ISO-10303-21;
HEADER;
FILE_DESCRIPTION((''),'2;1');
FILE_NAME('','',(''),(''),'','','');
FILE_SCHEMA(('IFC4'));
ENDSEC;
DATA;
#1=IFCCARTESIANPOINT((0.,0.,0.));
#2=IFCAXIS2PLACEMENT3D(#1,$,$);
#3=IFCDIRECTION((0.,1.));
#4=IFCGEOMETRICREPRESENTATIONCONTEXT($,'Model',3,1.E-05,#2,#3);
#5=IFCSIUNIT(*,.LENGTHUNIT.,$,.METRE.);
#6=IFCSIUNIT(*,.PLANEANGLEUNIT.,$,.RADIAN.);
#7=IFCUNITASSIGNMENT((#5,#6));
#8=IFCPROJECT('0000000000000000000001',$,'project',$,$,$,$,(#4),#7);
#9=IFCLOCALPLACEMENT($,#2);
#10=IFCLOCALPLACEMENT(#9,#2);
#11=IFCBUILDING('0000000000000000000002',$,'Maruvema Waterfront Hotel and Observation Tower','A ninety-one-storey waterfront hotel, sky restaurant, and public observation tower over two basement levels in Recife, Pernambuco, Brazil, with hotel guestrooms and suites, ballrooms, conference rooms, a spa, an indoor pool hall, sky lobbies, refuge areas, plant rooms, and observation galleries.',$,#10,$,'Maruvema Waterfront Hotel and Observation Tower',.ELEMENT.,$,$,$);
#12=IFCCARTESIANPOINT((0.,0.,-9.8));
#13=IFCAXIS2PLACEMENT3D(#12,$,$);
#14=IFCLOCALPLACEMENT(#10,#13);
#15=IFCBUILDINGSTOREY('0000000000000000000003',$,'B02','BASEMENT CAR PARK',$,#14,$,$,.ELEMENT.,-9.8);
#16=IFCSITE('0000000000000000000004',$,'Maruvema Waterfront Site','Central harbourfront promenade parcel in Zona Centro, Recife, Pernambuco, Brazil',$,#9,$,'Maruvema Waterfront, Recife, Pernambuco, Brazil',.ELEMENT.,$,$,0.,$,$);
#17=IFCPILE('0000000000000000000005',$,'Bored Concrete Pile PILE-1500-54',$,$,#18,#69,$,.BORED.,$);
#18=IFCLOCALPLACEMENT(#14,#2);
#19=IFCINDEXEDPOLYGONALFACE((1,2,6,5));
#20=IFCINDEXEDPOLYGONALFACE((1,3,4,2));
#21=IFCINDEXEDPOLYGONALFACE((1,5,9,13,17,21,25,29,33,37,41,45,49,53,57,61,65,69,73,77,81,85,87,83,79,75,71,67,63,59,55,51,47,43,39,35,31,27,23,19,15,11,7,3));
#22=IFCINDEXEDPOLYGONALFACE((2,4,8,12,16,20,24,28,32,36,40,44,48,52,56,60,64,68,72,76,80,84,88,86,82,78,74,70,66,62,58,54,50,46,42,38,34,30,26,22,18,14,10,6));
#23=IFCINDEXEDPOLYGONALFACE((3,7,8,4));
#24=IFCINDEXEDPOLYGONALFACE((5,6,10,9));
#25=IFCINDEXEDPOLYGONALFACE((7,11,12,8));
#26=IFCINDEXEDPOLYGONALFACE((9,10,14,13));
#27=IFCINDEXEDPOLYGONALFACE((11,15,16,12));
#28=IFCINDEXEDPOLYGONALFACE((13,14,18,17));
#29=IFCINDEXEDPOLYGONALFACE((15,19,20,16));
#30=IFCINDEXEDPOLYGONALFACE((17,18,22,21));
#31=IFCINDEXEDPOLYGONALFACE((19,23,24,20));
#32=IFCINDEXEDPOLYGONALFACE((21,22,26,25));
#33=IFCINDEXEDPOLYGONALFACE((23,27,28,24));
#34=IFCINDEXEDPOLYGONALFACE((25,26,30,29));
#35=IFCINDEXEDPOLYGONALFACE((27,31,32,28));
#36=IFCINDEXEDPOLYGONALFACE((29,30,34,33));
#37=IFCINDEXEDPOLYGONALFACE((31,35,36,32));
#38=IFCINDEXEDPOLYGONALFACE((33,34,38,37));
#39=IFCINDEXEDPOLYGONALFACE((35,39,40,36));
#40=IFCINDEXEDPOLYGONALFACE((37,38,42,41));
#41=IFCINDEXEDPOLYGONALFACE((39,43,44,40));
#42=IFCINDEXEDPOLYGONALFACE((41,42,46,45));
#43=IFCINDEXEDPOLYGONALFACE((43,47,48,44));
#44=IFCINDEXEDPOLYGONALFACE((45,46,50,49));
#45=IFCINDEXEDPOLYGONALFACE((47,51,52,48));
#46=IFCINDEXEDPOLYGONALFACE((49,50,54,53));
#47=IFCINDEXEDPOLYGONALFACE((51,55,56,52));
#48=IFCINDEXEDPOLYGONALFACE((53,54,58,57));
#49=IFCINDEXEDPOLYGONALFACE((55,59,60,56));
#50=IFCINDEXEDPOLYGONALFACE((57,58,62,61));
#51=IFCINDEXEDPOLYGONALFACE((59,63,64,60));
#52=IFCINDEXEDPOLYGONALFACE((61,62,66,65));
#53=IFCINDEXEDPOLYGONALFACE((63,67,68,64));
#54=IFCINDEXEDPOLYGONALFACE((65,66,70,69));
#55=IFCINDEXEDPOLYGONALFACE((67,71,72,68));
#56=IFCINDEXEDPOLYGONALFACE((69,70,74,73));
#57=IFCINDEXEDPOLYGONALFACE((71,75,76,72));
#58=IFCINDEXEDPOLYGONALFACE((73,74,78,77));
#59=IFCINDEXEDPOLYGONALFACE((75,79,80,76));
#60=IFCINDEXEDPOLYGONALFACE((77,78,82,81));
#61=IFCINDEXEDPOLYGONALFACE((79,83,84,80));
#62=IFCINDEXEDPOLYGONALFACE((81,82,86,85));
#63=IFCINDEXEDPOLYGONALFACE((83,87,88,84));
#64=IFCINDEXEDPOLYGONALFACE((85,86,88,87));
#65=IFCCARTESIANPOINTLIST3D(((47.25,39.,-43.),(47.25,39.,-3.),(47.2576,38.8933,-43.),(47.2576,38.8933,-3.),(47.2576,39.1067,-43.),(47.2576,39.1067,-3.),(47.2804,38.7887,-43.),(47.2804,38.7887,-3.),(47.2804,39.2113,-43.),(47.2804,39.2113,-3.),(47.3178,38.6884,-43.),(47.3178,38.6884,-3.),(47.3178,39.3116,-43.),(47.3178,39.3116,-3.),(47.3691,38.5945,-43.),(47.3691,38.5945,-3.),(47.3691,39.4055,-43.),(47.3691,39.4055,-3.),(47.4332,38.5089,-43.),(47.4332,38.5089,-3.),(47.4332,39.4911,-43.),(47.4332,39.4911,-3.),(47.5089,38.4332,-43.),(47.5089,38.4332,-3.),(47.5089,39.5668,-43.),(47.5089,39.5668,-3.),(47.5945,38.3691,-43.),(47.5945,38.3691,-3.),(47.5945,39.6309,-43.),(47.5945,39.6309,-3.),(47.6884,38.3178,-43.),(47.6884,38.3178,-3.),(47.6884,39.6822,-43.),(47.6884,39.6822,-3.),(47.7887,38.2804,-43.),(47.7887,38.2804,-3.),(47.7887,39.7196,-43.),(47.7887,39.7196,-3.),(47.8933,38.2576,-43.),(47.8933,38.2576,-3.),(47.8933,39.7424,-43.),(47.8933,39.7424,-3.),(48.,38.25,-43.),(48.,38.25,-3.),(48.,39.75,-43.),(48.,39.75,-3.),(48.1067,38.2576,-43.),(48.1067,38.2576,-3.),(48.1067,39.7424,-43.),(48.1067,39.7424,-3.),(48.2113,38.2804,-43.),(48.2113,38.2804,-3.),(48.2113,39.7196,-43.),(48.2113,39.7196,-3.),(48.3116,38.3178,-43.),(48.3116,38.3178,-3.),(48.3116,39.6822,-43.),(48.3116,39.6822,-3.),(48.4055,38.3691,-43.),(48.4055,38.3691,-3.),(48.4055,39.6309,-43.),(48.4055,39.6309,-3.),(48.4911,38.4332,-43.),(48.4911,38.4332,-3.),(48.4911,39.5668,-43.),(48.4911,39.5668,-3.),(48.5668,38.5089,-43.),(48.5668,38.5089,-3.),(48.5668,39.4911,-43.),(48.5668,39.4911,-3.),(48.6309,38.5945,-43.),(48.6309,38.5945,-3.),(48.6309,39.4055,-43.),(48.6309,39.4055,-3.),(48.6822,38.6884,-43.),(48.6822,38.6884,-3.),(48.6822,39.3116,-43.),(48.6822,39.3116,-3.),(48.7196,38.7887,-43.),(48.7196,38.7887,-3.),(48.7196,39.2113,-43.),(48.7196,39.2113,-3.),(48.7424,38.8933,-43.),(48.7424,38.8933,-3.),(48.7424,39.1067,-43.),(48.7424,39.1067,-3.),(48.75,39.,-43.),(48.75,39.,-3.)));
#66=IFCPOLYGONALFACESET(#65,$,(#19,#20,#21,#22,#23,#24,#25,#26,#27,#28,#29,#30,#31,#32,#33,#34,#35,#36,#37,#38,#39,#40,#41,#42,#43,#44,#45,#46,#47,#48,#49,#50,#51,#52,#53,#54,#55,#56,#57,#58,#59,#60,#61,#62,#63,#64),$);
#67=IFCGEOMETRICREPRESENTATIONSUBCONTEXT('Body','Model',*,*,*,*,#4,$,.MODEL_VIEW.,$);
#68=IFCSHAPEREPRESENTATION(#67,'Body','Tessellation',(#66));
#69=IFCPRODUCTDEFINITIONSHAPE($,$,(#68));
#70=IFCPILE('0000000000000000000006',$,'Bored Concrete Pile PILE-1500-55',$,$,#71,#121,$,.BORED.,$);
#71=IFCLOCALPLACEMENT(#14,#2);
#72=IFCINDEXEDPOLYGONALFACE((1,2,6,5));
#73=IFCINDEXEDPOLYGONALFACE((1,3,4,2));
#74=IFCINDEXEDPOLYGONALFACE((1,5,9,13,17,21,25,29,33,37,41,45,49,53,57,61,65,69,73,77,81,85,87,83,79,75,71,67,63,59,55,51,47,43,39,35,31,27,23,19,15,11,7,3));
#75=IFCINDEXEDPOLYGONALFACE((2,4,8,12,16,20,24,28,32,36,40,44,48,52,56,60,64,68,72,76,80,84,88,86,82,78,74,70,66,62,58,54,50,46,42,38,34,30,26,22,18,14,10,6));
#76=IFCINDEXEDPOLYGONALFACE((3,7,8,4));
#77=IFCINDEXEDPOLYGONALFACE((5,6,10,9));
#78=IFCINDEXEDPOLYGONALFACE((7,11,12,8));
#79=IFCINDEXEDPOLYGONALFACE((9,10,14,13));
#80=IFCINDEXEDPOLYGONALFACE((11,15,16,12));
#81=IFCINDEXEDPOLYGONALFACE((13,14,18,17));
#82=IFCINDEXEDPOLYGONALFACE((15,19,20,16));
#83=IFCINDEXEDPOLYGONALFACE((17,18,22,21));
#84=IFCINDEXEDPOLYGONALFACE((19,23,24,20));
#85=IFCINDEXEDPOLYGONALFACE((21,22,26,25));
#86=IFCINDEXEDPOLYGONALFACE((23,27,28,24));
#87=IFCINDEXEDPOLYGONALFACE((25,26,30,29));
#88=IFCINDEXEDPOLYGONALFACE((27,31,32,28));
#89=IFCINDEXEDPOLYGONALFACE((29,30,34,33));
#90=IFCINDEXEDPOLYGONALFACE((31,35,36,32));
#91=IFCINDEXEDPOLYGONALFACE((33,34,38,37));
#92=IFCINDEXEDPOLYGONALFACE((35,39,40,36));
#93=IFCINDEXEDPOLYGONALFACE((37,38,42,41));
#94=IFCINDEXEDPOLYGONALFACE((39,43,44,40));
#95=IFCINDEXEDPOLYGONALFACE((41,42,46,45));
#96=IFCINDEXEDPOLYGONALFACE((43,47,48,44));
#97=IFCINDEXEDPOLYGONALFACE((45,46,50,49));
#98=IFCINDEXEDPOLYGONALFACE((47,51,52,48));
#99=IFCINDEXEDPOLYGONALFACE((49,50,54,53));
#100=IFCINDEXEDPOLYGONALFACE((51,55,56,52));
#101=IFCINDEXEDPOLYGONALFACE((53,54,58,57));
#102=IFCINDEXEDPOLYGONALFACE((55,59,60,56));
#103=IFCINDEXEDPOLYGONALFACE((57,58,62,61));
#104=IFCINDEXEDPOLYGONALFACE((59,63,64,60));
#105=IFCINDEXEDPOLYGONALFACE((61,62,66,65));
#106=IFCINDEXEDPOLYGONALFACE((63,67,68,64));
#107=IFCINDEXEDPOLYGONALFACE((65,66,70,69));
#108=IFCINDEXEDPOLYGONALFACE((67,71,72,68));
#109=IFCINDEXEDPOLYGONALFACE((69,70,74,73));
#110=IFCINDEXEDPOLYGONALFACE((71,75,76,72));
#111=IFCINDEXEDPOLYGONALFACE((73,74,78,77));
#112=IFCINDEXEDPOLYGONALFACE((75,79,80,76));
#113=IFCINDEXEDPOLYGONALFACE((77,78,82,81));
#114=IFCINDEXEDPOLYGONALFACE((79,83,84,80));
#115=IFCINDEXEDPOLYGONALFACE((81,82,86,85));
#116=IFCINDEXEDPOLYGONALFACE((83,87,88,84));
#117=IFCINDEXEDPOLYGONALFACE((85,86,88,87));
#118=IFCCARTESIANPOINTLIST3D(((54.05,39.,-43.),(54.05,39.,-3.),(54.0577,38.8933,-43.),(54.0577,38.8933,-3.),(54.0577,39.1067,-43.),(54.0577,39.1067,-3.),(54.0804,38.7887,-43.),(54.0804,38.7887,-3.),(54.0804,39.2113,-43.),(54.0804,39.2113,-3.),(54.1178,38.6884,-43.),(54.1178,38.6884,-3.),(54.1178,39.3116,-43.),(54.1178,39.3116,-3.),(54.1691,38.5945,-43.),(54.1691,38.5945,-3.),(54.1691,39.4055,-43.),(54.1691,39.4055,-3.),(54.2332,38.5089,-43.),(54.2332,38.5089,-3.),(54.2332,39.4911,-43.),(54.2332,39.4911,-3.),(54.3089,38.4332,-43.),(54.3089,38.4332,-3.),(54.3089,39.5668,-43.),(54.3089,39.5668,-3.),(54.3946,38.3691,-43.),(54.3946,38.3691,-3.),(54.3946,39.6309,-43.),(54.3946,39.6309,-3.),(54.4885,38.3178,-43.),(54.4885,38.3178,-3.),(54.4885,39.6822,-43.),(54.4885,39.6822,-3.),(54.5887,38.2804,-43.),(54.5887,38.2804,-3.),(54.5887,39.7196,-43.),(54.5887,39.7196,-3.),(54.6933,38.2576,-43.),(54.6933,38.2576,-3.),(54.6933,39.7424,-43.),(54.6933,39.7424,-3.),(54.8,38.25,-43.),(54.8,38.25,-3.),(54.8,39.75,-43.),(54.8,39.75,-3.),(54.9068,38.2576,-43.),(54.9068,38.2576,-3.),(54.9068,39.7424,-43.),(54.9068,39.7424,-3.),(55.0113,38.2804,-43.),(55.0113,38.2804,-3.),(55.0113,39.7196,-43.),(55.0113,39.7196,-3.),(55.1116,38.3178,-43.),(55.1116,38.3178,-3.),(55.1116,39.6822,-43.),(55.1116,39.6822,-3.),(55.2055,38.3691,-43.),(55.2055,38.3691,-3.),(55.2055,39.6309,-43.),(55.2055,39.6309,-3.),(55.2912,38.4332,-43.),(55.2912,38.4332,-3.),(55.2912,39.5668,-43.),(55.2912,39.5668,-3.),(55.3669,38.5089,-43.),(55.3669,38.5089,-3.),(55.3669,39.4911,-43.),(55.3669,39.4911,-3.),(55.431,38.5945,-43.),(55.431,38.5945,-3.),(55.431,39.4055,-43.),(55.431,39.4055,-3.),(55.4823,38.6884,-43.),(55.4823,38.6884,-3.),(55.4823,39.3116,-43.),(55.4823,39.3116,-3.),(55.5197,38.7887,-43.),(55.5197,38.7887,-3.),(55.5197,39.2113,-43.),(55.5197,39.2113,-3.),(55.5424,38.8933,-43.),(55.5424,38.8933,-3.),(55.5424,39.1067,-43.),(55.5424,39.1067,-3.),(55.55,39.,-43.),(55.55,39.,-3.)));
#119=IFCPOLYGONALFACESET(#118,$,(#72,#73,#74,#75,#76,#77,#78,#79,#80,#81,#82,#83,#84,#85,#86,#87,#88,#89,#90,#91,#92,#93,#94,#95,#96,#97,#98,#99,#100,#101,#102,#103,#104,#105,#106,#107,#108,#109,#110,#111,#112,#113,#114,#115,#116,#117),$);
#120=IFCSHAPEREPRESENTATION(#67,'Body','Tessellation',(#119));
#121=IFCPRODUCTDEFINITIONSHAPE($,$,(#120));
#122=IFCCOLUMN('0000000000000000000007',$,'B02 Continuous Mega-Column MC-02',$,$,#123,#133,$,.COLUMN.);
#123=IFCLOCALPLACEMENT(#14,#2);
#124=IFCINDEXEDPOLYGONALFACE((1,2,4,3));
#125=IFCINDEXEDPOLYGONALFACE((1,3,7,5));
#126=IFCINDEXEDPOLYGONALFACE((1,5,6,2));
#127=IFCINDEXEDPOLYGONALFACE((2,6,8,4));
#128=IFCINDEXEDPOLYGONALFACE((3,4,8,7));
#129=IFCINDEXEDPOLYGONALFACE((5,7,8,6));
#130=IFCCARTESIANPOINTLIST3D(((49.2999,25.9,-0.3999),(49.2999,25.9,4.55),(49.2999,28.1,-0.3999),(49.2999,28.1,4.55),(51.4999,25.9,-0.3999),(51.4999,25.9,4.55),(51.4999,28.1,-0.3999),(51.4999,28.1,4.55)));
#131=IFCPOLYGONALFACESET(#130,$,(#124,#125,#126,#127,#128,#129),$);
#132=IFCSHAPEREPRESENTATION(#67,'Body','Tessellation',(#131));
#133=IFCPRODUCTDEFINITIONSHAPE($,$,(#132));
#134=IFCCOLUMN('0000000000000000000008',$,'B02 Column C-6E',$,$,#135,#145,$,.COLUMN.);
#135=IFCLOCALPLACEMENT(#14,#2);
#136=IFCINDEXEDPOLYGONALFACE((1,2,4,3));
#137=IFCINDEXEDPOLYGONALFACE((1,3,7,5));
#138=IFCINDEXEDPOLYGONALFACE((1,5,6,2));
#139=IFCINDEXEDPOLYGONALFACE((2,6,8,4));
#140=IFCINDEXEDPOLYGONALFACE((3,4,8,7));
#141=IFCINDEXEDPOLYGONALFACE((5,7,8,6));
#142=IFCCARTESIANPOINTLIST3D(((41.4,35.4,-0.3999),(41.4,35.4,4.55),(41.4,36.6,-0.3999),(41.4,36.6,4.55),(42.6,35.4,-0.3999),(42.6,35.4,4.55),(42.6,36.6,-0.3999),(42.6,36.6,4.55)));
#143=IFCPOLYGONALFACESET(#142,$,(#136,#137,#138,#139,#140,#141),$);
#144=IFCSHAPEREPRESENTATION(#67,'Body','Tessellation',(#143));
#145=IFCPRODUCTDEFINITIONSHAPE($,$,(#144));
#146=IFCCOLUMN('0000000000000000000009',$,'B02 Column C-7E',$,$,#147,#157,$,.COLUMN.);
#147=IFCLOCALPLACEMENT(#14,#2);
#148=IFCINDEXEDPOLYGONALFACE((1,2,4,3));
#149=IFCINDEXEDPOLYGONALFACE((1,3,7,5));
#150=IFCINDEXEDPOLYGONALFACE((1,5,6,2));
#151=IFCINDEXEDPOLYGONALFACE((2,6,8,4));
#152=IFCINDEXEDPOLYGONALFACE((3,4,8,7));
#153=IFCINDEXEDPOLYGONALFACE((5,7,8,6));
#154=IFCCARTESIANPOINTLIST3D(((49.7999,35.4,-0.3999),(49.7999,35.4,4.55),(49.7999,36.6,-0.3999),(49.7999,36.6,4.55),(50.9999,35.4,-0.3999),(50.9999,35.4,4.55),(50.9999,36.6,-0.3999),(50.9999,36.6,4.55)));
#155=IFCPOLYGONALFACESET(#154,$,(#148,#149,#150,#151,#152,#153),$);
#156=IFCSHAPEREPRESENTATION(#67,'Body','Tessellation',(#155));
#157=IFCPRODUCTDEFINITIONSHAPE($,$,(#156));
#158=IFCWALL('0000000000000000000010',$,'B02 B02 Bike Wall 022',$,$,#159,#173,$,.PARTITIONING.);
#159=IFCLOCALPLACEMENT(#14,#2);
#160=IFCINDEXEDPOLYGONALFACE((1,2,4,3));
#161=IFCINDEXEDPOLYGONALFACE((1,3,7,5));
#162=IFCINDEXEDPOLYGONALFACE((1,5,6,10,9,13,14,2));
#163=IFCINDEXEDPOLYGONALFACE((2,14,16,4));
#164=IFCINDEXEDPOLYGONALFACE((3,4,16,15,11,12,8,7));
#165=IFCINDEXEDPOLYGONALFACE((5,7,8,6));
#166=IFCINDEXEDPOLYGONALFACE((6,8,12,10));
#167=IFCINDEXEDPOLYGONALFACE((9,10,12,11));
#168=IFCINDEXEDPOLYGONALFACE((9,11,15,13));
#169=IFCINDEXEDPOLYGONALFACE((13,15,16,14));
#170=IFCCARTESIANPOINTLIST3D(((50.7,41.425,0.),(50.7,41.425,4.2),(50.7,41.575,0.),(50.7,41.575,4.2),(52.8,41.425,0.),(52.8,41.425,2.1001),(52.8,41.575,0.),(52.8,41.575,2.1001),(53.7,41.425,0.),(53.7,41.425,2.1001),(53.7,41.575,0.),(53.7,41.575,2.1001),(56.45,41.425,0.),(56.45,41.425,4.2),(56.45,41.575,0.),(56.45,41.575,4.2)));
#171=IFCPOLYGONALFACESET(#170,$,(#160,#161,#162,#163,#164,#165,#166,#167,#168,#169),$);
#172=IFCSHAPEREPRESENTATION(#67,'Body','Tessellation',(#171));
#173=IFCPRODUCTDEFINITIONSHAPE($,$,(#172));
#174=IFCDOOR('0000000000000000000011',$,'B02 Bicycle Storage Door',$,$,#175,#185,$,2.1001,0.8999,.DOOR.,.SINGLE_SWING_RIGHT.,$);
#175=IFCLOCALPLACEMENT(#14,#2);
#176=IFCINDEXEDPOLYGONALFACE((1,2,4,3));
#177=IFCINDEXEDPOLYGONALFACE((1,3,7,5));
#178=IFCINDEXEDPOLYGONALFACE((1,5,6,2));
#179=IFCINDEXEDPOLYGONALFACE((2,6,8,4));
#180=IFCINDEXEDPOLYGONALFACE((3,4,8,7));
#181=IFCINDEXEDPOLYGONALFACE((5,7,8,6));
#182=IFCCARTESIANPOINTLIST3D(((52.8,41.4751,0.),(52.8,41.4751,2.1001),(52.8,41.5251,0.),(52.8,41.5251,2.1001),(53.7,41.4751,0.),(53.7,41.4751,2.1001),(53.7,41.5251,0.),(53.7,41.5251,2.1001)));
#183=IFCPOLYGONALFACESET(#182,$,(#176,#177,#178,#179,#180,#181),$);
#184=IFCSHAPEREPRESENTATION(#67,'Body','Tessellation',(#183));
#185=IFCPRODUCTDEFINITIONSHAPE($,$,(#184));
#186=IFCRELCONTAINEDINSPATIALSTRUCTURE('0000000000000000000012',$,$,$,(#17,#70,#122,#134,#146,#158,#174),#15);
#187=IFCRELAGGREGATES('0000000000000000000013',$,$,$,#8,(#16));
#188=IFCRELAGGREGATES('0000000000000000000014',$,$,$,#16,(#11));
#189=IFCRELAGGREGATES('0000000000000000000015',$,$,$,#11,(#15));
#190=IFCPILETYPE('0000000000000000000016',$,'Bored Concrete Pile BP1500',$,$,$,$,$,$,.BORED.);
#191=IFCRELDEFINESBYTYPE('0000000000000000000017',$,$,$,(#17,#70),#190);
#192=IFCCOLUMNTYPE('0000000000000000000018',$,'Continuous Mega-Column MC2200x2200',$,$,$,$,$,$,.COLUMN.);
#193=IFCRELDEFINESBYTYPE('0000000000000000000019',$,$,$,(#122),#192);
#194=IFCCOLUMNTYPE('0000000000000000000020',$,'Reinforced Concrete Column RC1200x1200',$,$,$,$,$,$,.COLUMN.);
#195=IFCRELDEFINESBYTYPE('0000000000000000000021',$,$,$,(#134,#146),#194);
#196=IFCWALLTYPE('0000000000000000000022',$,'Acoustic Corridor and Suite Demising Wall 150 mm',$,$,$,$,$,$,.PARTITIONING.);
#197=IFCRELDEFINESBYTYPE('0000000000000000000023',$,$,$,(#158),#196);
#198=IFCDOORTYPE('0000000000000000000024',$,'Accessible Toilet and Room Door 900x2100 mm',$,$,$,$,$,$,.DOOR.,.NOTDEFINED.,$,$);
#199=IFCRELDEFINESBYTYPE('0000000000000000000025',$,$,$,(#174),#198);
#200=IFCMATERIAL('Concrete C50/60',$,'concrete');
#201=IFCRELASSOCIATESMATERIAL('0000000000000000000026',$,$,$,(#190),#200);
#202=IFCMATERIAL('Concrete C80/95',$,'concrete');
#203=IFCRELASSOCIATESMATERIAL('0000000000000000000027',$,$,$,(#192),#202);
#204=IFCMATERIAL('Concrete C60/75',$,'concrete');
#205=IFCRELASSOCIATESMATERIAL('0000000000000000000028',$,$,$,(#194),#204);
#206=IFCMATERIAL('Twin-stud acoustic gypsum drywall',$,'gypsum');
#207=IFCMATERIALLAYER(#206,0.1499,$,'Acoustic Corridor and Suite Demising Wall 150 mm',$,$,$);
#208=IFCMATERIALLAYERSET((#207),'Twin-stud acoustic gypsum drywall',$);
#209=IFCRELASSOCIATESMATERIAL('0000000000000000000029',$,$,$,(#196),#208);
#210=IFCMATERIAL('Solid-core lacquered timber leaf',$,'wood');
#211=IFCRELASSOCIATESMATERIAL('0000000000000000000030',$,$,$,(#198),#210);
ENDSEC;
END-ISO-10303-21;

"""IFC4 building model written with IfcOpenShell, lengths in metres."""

from ifc_helpers import new_model, si_unit, direction, frame, frame_2d, origin, origin_2d, place, context, subcontext, project, spatial, rectangle, circle, extrude, material, layer, layer_set, material_profile, profile_set, type_object, element, fill, save


model = new_model("IFC4")

# Units and contexts
model_context = context("Model", 3, precision=1e-05, world=origin(), true_north=direction((0.0, 1.0)))
body_context = subcontext(model_context, "Body", "Model", "MODEL_VIEW")
ifc_project = project(units=[si_unit("LENGTHUNIT", "METRE"), si_unit("PLANEANGLEUNIT", "RADIAN")], contexts=[model_context])

# Site, building, storey
site_placement = place(None, origin())
site = spatial("IfcSite", under=ifc_project, at=site_placement, Name="Maruvema Waterfront Site", Description="Central harbourfront promenade parcel in Zona Centro, Recife, Pernambuco, Brazil", LongName="Maruvema Waterfront, Recife, Pernambuco, Brazil", CompositionType="ELEMENT", RefElevation=0.0)
building_placement = place(site_placement, origin())
building = spatial("IfcBuilding", under=site, at=building_placement, Name="Maruvema Waterfront Hotel and Observation Tower", Description="A ninety-one-storey waterfront hotel, sky restaurant, and public observation tower over two basement levels in Recife, Pernambuco, Brazil, with hotel guestrooms and suites, ballrooms, conference rooms, a spa, an indoor pool hall, sky lobbies, refuge areas, plant rooms, and observation galleries.", LongName="Maruvema Waterfront Hotel and Observation Tower", CompositionType="ELEMENT")
storey_placement = place(building_placement, frame((0.0, 0.0, -9.8)))
storey = spatial("IfcBuildingStorey", under=building, at=storey_placement, Name="B02", Description="BASEMENT CAR PARK", CompositionType="ELEMENT", Elevation=-9.8)

# Piles
ifc_material_1 = material(Name="Concrete C50/60", Category="concrete")
ifc_material_profile_1 = material_profile(ifc_material_1, circle(Radius=0.75, at=origin_2d()), Name="BP1500")
ifc_profile_set_1 = profile_set([ifc_material_profile_1], Name="Concrete C50/60")
pile_type = type_object("IfcPileType", Name="Bored Concrete Pile BP1500", PredefinedType="BORED", material=ifc_profile_set_1)
for number, where, z_axis, x_axis, name in (
    (1, (48.0, 39.0, -3.0), (0.0, 0.0, -1.0), (1.0, 0.0, 0.0), "Bored Concrete Pile PILE-1500-54"),
    (2, (54.8, 39.0, -3.0), (0.0, 0.0, -1.0), (1.0, 0.0, 0.0), "Bored Concrete Pile PILE-1500-55"),
):
    element("IfcPile", number, at=place(storey_placement, frame(where, z_axis=z_axis, x_axis=x_axis)), inside=storey, type_object=pile_type, Name=name, PredefinedType="BORED", context=body_context, shape_type="SweptSolid", body=[
        extrude(circle(Radius=0.75, at=origin_2d()), origin(), (0.0, 0.0, 1.0), 40.0),
    ])

# Columns
ifc_material_2 = material(Name="Concrete C80/95", Category="concrete")
ifc_material_profile_2 = material_profile(ifc_material_2, rectangle(XDim=2.2, YDim=2.2, at=origin_2d()), Name="MC2200x2200")
ifc_profile_set_2 = profile_set([ifc_material_profile_2], Name="Concrete C80/95")
column_type_1 = type_object("IfcColumnType", Name="Continuous Mega-Column MC2200x2200", PredefinedType="COLUMN", material=ifc_profile_set_2)
column_placement = place(storey_placement, frame((50.3999, 27.0, -0.3999), z_axis=(0.0, 0.0, 1.0), x_axis=(1.0, 0.0, 0.0)))
element("IfcColumn", 3, at=column_placement, inside=storey, type_object=column_type_1, Name="B02 Continuous Mega-Column MC-02", PredefinedType="COLUMN", context=body_context, shape_type="SweptSolid", body=[
    extrude(rectangle(XDim=2.2, YDim=2.2, at=origin_2d()), origin(), (0.0, 0.0, 1.0), 4.95),
])
ifc_material_3 = material(Name="Concrete C60/75", Category="concrete")
ifc_material_profile_3 = material_profile(ifc_material_3, rectangle(XDim=1.2, YDim=1.2, at=origin_2d()), Name="RC1200x1200")
ifc_profile_set_3 = profile_set([ifc_material_profile_3], Name="Concrete C60/75")
column_type_2 = type_object("IfcColumnType", Name="Reinforced Concrete Column RC1200x1200", PredefinedType="COLUMN", material=ifc_profile_set_3)
for number, where, z_axis, x_axis, name in (
    (4, (42.0, 36.0, -0.3999), (0.0, 0.0, 1.0), (1.0, 0.0, 0.0), "B02 Column C-6E"),
    (5, (50.3999, 36.0, -0.3999), (0.0, 0.0, 1.0), (1.0, 0.0, 0.0), "B02 Column C-7E"),
):
    element("IfcColumn", number, at=place(storey_placement, frame(where, z_axis=z_axis, x_axis=x_axis)), inside=storey, type_object=column_type_2, Name=name, PredefinedType="COLUMN", context=body_context, shape_type="SweptSolid", body=[
        extrude(rectangle(XDim=1.2, YDim=1.2, at=origin_2d()), origin(), (0.0, 0.0, 1.0), 4.95),
    ])

# Wall, opening, door
ifc_material_4 = material(Name="Twin-stud acoustic gypsum drywall", Category="gypsum")
ifc_layer_1 = layer(ifc_material_4, 0.1499, Name="Acoustic Corridor and Suite Demising Wall 150 mm")
ifc_layer_set_1 = layer_set([ifc_layer_1], Name="Twin-stud acoustic gypsum drywall")
wall_type_1 = type_object("IfcWallType", Name="Acoustic Corridor and Suite Demising Wall 150 mm", PredefinedType="PARTITIONING", material=ifc_layer_set_1)
wall_1_placement = place(storey_placement, frame((50.7, 41.5, 0.0), z_axis=(0.0, 0.0, 1.0), x_axis=(1.0, 0.0, 0.0)))
wall_1 = element("IfcWall", 6, at=wall_1_placement, inside=storey, type_object=wall_type_1, Name="B02 B02 Bike Wall 022", PredefinedType="PARTITIONING", context=body_context, shape_type="SweptSolid", body=[
    extrude(rectangle(XDim=5.75, YDim=0.1499, at=frame_2d((2.875, 0.0))), origin(), (0.0, 0.0, 1.0), 4.2),
])
opening_1_placement = place(wall_1_placement, frame((2.1001, 0.0, 0.0)))
opening_1 = element("IfcOpeningElement", 7, at=opening_1_placement, cuts=wall_1, PredefinedType="OPENING", context=body_context, shape_type="SweptSolid", body=[
    extrude(rectangle(XDim=0.8999, YDim=2.1001, at=frame_2d((0.45, 1.05))), frame((0.0, 0.085, 0.0), z_axis=(0.0, -1.0, 0.0), x_axis=(1.0, 0.0, 0.0)), (0.0, 0.0, 1.0), 0.1699),
])
ifc_material_5 = material(Name="Solid-core lacquered timber leaf", Category="wood")
door_type_1 = type_object("IfcDoorType", Name="Accessible Toilet and Room Door 900x2100 mm", OperationType="NOTDEFINED", PredefinedType="DOOR", material=ifc_material_5)
door_1_placement = place(opening_1_placement, frame((0.8999, 0.0, 0.0), z_axis=(0.0, 0.0, 1.0), x_axis=(-1.0, 0.0, 0.0)))
door_1 = element("IfcDoor", 8, at=door_1_placement, inside=storey, type_object=door_type_1, Name="B02 Bicycle Storage Door", OperationType="SINGLE_SWING_RIGHT", OverallHeight=2.1001, OverallWidth=0.8999, PredefinedType="DOOR", context=body_context, shape_type="SweptSolid", body=[
    extrude(rectangle(XDim=0.8999, YDim=2.1001, at=frame_2d((0.45, 1.05))), frame((0.0, 0.0249, 0.0), z_axis=(0.0, -1.0, 0.0), x_axis=(1.0, 0.0, 0.0)), (0.0, 0.0, 1.0), 0.05),
])
fill(opening_1, door_1)

save(model, "model.ifc")
